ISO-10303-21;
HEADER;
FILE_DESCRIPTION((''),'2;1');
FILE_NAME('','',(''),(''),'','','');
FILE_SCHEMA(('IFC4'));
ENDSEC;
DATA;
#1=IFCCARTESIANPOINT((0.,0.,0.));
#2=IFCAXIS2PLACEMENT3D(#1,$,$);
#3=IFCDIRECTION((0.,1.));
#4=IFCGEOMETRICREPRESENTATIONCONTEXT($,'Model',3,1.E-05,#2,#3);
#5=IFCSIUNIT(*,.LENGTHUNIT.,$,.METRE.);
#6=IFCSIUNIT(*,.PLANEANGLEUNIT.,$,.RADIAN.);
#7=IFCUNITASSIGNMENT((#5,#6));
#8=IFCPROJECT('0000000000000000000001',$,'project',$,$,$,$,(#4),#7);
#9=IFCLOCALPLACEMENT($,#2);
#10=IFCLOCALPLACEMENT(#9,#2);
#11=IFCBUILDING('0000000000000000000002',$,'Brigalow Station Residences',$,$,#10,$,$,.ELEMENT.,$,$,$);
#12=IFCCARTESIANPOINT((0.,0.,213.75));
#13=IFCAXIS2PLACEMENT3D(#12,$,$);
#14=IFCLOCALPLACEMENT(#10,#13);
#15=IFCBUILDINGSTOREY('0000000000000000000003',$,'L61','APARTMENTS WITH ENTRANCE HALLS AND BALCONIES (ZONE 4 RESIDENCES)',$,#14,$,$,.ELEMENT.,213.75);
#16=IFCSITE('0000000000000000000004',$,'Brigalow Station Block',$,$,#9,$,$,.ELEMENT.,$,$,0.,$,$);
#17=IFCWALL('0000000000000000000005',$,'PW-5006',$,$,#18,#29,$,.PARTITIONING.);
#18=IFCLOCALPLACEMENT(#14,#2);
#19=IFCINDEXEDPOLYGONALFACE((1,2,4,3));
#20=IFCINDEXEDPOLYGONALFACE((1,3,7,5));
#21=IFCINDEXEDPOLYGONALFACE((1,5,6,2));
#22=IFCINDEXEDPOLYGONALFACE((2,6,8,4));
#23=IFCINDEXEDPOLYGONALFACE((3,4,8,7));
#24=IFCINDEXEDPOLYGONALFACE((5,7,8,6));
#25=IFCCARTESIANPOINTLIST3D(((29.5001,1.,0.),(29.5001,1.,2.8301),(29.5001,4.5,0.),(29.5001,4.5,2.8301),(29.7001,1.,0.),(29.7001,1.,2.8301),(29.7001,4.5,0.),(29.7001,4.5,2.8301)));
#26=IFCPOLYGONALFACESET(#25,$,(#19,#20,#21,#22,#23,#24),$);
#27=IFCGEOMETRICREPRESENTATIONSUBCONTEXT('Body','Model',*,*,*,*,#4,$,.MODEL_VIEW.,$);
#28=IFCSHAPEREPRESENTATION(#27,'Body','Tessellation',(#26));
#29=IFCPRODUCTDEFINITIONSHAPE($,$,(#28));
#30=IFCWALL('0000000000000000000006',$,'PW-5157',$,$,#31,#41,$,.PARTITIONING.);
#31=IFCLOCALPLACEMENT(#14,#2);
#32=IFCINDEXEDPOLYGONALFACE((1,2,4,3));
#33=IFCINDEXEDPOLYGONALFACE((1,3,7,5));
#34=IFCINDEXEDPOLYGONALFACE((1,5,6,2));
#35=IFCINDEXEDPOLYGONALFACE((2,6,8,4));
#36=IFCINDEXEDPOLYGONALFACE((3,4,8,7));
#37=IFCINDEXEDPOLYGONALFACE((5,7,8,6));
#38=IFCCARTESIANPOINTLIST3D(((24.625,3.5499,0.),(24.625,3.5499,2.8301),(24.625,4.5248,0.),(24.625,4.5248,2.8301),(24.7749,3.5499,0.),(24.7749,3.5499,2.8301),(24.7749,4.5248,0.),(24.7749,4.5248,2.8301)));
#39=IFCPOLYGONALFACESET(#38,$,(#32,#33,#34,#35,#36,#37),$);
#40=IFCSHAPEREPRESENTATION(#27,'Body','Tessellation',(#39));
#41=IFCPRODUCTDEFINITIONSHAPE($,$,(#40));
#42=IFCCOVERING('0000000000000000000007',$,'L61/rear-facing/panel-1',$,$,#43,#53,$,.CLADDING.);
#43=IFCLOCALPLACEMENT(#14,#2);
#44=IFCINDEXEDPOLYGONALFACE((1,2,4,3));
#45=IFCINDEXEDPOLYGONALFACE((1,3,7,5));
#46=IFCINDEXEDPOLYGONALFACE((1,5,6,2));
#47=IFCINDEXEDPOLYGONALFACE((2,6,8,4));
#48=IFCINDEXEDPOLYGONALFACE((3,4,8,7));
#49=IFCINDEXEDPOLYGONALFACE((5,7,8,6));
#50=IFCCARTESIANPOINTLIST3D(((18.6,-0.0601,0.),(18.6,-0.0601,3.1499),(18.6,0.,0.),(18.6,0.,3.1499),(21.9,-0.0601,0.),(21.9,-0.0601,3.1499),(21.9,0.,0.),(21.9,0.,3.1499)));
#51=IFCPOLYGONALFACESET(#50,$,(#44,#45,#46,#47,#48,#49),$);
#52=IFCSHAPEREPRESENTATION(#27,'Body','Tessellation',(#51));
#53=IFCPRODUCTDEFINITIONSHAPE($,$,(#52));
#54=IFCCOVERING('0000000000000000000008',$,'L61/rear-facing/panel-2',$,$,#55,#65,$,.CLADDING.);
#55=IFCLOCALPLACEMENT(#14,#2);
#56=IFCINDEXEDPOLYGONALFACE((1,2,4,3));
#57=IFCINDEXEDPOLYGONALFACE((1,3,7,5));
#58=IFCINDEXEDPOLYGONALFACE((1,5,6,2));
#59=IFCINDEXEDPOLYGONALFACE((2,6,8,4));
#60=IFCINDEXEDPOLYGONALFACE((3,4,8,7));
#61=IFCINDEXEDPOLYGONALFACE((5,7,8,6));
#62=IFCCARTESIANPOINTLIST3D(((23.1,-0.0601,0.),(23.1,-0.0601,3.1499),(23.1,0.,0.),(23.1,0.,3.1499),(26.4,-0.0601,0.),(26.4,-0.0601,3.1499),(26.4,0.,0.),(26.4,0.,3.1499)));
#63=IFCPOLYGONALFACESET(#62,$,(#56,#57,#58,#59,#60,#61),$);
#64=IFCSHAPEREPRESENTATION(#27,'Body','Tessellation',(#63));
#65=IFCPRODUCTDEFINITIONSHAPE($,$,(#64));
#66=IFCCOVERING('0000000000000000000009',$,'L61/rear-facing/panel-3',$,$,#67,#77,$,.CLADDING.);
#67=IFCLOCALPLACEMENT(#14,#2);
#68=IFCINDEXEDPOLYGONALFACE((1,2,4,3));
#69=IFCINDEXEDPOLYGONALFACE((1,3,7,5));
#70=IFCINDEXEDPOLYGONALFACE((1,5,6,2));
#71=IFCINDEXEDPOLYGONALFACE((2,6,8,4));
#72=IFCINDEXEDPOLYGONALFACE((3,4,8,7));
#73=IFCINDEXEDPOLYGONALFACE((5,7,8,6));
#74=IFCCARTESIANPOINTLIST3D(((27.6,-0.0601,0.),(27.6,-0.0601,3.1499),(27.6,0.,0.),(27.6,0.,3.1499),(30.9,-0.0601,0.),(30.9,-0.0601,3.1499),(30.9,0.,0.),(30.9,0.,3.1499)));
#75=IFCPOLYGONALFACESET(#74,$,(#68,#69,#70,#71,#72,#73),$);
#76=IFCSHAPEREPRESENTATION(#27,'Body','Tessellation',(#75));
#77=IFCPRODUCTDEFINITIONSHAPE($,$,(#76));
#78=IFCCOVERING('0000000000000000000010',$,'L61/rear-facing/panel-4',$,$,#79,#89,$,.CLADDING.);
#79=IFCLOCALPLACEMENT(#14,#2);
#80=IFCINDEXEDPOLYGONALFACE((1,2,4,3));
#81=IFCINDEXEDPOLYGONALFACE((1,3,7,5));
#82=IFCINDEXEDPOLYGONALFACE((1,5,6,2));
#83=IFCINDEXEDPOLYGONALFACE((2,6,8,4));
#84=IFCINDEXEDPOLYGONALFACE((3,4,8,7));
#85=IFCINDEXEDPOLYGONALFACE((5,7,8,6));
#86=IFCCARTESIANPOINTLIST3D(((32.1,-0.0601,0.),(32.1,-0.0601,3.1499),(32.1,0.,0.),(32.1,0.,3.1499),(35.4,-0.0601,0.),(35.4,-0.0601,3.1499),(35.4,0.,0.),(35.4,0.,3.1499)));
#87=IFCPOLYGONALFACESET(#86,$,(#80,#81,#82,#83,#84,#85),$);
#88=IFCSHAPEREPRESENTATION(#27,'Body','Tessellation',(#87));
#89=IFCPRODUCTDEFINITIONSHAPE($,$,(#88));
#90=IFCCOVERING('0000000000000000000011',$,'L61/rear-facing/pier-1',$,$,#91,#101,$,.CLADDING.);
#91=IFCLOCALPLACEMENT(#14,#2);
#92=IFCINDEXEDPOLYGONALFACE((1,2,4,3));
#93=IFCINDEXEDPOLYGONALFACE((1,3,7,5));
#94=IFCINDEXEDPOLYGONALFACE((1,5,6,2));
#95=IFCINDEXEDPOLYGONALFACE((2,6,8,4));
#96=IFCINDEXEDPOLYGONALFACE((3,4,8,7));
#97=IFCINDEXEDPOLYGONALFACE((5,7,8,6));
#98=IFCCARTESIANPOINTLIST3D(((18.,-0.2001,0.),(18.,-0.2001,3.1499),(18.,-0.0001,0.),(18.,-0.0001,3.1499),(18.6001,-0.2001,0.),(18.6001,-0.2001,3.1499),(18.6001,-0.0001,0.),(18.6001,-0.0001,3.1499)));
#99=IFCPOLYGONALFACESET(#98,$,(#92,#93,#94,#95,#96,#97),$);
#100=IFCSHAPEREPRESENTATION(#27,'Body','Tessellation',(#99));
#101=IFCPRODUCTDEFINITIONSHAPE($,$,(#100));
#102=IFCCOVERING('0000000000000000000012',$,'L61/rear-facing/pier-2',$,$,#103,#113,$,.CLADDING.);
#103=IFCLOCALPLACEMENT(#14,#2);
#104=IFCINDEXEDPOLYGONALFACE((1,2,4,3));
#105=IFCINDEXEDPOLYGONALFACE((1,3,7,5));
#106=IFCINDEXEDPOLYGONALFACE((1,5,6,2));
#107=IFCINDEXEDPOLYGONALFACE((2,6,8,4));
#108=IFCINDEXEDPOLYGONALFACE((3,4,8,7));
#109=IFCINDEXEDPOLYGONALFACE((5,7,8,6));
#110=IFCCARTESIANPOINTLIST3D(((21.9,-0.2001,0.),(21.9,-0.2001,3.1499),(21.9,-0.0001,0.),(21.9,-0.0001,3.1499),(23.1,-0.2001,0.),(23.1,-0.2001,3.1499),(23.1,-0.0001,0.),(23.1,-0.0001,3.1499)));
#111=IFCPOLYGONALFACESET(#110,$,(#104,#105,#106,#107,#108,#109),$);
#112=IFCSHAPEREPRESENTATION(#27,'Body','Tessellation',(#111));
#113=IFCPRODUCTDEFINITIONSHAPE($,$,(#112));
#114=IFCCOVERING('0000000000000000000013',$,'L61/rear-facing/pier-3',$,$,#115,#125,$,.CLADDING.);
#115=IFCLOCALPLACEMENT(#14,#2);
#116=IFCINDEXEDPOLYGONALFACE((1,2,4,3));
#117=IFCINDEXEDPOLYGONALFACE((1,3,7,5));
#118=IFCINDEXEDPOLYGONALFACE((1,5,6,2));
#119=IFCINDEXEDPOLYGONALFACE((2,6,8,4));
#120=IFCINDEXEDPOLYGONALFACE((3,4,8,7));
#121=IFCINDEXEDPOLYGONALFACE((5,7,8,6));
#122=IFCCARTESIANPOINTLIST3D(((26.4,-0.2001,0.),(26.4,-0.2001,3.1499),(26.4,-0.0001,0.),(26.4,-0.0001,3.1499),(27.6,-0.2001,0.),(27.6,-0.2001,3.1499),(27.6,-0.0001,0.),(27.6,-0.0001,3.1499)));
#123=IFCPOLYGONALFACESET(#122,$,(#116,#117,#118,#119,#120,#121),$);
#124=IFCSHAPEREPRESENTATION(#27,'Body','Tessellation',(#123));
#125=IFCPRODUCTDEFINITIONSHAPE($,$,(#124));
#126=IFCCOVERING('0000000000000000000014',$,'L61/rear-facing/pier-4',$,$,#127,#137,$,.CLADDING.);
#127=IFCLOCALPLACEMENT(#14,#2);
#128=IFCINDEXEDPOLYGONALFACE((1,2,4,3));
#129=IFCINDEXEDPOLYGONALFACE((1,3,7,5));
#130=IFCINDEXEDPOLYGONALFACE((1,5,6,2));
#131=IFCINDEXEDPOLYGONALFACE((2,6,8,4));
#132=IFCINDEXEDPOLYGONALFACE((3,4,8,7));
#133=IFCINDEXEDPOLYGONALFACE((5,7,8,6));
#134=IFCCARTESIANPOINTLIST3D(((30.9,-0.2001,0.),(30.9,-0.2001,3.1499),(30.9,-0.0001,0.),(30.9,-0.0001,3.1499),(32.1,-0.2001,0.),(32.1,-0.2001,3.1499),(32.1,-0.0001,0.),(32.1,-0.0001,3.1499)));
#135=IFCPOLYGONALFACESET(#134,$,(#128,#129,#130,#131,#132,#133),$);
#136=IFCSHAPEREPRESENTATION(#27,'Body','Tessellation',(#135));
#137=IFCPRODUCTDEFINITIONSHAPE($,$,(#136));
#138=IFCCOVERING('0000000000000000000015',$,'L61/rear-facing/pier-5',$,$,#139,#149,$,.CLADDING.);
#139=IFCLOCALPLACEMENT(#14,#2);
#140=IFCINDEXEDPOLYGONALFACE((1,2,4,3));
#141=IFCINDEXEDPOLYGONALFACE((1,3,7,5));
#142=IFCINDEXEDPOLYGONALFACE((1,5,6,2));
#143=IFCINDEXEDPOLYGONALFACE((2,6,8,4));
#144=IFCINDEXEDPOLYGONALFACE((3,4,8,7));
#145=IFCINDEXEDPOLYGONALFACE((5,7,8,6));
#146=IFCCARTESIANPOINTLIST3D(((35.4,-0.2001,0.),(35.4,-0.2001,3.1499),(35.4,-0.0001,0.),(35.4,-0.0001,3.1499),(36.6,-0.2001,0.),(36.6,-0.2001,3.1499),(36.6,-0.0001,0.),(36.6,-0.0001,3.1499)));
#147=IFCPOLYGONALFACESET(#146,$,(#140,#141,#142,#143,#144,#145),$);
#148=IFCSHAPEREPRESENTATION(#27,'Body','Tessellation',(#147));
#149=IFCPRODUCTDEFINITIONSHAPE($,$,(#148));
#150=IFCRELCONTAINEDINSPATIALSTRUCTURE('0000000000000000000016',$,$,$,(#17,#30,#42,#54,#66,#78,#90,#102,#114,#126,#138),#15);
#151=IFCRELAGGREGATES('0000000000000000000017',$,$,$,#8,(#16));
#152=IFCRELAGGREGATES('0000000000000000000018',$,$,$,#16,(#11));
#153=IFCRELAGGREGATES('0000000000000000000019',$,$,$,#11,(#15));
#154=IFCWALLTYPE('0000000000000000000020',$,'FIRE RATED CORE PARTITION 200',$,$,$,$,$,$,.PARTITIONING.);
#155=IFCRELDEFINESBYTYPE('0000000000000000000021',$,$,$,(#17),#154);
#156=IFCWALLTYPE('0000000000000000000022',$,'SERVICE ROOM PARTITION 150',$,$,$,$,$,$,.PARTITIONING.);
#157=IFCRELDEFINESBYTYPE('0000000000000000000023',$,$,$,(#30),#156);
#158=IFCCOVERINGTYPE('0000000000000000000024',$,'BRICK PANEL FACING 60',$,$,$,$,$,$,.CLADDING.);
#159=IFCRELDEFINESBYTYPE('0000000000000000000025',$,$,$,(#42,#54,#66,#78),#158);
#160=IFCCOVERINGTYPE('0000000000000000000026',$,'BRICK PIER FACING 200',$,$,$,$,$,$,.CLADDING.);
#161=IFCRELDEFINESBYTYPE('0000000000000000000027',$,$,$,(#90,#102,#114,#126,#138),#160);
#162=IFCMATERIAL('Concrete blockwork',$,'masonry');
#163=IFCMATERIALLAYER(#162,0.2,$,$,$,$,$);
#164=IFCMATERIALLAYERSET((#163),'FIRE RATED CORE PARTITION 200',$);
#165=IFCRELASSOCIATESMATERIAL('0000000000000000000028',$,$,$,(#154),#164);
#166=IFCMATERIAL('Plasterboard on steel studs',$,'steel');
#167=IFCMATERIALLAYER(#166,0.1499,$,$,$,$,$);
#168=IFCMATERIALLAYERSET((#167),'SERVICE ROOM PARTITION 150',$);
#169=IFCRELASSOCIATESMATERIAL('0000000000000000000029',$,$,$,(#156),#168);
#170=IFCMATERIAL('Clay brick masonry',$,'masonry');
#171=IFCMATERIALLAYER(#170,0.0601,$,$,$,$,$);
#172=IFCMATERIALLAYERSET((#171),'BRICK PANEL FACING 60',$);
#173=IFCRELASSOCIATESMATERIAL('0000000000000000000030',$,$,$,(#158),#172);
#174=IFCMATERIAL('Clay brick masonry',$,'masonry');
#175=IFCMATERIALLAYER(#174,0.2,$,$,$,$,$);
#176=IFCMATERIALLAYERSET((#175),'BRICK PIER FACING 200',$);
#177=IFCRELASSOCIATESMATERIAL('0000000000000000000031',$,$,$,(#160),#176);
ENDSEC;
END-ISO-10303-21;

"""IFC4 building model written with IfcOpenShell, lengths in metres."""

from ifc_helpers import new_model, si_unit, direction, frame, frame_2d, origin, origin_2d, place, context, subcontext, project, spatial, rectangle, extrude, material, layer, layer_set, type_object, element, save


model = new_model("IFC4")

# Units and contexts
model_context = context("Model", 3, precision=1e-05, world=origin(), true_north=direction((0.0, 1.0)))
body_context = subcontext(model_context, "Body", "Model", "MODEL_VIEW")
ifc_project = project(units=[si_unit("LENGTHUNIT", "METRE"), si_unit("PLANEANGLEUNIT", "RADIAN")], contexts=[model_context])

# Site, building, storey
site_placement = place(None, origin())
site = spatial("IfcSite", under=ifc_project, at=site_placement, Name="Brigalow Station Block", CompositionType="ELEMENT", RefElevation=0.0)
building_placement = place(site_placement, origin())
building = spatial("IfcBuilding", under=site, at=building_placement, Name="Brigalow Station Residences", CompositionType="ELEMENT")
storey_placement = place(building_placement, frame((0.0, 0.0, 213.75)))
storey = spatial("IfcBuildingStorey", under=building, at=storey_placement, Name="L61", Description="APARTMENTS WITH ENTRANCE HALLS AND BALCONIES (ZONE 4 RESIDENCES)", CompositionType="ELEMENT", Elevation=213.75)

# Walls
ifc_material_1 = material(Name="Concrete blockwork", Category="masonry")
ifc_layer_1 = layer(ifc_material_1, 0.2)
ifc_layer_set_1 = layer_set([ifc_layer_1], Name="FIRE RATED CORE PARTITION 200")
wall_type_1 = type_object("IfcWallType", Name="FIRE RATED CORE PARTITION 200", PredefinedType="PARTITIONING", material=ifc_layer_set_1)
wall_1_placement = place(storey_placement, frame((29.6001, 1.0, 0.0), z_axis=(0.0, 0.0, 1.0), x_axis=(0.0, 1.0, 0.0)))
element("IfcWall", 1, at=wall_1_placement, inside=storey, type_object=wall_type_1, Name="PW-5006", PredefinedType="PARTITIONING", context=body_context, shape_type="SweptSolid", body=[
    extrude(rectangle(XDim=3.5, YDim=0.2, at=frame_2d((1.75, 0.0))), origin(), (0.0, 0.0, 1.0), 2.8301),
])
ifc_material_2 = material(Name="Plasterboard on steel studs", Category="steel")
ifc_layer_2 = layer(ifc_material_2, 0.1499)
ifc_layer_set_2 = layer_set([ifc_layer_2], Name="SERVICE ROOM PARTITION 150")
wall_type_2 = type_object("IfcWallType", Name="SERVICE ROOM PARTITION 150", PredefinedType="PARTITIONING", material=ifc_layer_set_2)
wall_2_placement = place(storey_placement, frame((24.7, 3.55, 0.0), z_axis=(0.0, 0.0, 1.0), x_axis=(0.0, 1.0, 0.0)))
element("IfcWall", 2, at=wall_2_placement, inside=storey, type_object=wall_type_2, Name="PW-5157", PredefinedType="PARTITIONING", context=body_context, shape_type="SweptSolid", body=[
    extrude(rectangle(XDim=0.9749, YDim=0.1499, at=frame_2d((0.4873, 0.0))), origin(), (0.0, 0.0, 1.0), 2.8301),
])

# Coverings
ifc_material_3 = material(Name="Clay brick masonry", Category="masonry")
ifc_layer_3 = layer(ifc_material_3, 0.0601)
ifc_layer_set_3 = layer_set([ifc_layer_3], Name="BRICK PANEL FACING 60")
covering_type_1 = type_object("IfcCoveringType", Name="BRICK PANEL FACING 60", PredefinedType="CLADDING", material=ifc_layer_set_3)
for number, where, z_axis, x_axis, name in (
    (3, (20.25, -0.03, 0.0), (0.0, 0.0, 1.0), (1.0, 0.0, 0.0), "L61/rear-facing/panel-1"),
    (4, (24.75, -0.03, 0.0), (0.0, 0.0, 1.0), (1.0, 0.0, 0.0), "L61/rear-facing/panel-2"),
    (5, (29.25, -0.03, 0.0), (0.0, 0.0, 1.0), (1.0, 0.0, 0.0), "L61/rear-facing/panel-3"),
    (6, (33.75, -0.03, 0.0), (0.0, 0.0, 1.0), (1.0, 0.0, 0.0), "L61/rear-facing/panel-4"),
):
    element("IfcCovering", number, at=place(storey_placement, frame(where, z_axis=z_axis, x_axis=x_axis)), inside=storey, type_object=covering_type_1, Name=name, PredefinedType="CLADDING", context=body_context, shape_type="SweptSolid", body=[
        extrude(rectangle(XDim=3.3, YDim=0.0601, at=origin_2d()), origin(), (0.0, 0.0, 1.0), 3.1499),
    ])
ifc_material_4 = material(Name="Clay brick masonry", Category="masonry")
ifc_layer_4 = layer(ifc_material_4, 0.2)
ifc_layer_set_4 = layer_set([ifc_layer_4], Name="BRICK PIER FACING 200")
covering_type_2 = type_object("IfcCoveringType", Name="BRICK PIER FACING 200", PredefinedType="CLADDING", material=ifc_layer_set_4)
covering_placement = place(storey_placement, frame((18.3, -0.1001, 0.0), z_axis=(0.0, 0.0, 1.0), x_axis=(1.0, 0.0, 0.0)))
element("IfcCovering", 7, at=covering_placement, inside=storey, type_object=covering_type_2, Name="L61/rear-facing/pier-1", PredefinedType="CLADDING", context=body_context, shape_type="SweptSolid", body=[
    extrude(rectangle(XDim=0.6001, YDim=0.2, at=origin_2d()), origin(), (0.0, 0.0, 1.0), 3.1499),
])
for number, where, z_axis, x_axis, name in (
    (8, (22.5, -0.1001, 0.0), (0.0, 0.0, 1.0), (1.0, 0.0, 0.0), "L61/rear-facing/pier-2"),
    (9, (27.0, -0.1001, 0.0), (0.0, 0.0, 1.0), (1.0, 0.0, 0.0), "L61/rear-facing/pier-3"),
    (10, (31.5, -0.1001, 0.0), (0.0, 0.0, 1.0), (1.0, 0.0, 0.0), "L61/rear-facing/pier-4"),
    (11, (36.0, -0.1001, 0.0), (0.0, 0.0, 1.0), (1.0, 0.0, 0.0), "L61/rear-facing/pier-5"),
):
    element("IfcCovering", number, at=place(storey_placement, frame(where, z_axis=z_axis, x_axis=x_axis)), inside=storey, type_object=covering_type_2, Name=name, PredefinedType="CLADDING", context=body_context, shape_type="SweptSolid", body=[
        extrude(rectangle(XDim=1.2, YDim=0.2, at=origin_2d()), origin(), (0.0, 0.0, 1.0), 3.1499),
    ])

save(model, "model.ifc")
